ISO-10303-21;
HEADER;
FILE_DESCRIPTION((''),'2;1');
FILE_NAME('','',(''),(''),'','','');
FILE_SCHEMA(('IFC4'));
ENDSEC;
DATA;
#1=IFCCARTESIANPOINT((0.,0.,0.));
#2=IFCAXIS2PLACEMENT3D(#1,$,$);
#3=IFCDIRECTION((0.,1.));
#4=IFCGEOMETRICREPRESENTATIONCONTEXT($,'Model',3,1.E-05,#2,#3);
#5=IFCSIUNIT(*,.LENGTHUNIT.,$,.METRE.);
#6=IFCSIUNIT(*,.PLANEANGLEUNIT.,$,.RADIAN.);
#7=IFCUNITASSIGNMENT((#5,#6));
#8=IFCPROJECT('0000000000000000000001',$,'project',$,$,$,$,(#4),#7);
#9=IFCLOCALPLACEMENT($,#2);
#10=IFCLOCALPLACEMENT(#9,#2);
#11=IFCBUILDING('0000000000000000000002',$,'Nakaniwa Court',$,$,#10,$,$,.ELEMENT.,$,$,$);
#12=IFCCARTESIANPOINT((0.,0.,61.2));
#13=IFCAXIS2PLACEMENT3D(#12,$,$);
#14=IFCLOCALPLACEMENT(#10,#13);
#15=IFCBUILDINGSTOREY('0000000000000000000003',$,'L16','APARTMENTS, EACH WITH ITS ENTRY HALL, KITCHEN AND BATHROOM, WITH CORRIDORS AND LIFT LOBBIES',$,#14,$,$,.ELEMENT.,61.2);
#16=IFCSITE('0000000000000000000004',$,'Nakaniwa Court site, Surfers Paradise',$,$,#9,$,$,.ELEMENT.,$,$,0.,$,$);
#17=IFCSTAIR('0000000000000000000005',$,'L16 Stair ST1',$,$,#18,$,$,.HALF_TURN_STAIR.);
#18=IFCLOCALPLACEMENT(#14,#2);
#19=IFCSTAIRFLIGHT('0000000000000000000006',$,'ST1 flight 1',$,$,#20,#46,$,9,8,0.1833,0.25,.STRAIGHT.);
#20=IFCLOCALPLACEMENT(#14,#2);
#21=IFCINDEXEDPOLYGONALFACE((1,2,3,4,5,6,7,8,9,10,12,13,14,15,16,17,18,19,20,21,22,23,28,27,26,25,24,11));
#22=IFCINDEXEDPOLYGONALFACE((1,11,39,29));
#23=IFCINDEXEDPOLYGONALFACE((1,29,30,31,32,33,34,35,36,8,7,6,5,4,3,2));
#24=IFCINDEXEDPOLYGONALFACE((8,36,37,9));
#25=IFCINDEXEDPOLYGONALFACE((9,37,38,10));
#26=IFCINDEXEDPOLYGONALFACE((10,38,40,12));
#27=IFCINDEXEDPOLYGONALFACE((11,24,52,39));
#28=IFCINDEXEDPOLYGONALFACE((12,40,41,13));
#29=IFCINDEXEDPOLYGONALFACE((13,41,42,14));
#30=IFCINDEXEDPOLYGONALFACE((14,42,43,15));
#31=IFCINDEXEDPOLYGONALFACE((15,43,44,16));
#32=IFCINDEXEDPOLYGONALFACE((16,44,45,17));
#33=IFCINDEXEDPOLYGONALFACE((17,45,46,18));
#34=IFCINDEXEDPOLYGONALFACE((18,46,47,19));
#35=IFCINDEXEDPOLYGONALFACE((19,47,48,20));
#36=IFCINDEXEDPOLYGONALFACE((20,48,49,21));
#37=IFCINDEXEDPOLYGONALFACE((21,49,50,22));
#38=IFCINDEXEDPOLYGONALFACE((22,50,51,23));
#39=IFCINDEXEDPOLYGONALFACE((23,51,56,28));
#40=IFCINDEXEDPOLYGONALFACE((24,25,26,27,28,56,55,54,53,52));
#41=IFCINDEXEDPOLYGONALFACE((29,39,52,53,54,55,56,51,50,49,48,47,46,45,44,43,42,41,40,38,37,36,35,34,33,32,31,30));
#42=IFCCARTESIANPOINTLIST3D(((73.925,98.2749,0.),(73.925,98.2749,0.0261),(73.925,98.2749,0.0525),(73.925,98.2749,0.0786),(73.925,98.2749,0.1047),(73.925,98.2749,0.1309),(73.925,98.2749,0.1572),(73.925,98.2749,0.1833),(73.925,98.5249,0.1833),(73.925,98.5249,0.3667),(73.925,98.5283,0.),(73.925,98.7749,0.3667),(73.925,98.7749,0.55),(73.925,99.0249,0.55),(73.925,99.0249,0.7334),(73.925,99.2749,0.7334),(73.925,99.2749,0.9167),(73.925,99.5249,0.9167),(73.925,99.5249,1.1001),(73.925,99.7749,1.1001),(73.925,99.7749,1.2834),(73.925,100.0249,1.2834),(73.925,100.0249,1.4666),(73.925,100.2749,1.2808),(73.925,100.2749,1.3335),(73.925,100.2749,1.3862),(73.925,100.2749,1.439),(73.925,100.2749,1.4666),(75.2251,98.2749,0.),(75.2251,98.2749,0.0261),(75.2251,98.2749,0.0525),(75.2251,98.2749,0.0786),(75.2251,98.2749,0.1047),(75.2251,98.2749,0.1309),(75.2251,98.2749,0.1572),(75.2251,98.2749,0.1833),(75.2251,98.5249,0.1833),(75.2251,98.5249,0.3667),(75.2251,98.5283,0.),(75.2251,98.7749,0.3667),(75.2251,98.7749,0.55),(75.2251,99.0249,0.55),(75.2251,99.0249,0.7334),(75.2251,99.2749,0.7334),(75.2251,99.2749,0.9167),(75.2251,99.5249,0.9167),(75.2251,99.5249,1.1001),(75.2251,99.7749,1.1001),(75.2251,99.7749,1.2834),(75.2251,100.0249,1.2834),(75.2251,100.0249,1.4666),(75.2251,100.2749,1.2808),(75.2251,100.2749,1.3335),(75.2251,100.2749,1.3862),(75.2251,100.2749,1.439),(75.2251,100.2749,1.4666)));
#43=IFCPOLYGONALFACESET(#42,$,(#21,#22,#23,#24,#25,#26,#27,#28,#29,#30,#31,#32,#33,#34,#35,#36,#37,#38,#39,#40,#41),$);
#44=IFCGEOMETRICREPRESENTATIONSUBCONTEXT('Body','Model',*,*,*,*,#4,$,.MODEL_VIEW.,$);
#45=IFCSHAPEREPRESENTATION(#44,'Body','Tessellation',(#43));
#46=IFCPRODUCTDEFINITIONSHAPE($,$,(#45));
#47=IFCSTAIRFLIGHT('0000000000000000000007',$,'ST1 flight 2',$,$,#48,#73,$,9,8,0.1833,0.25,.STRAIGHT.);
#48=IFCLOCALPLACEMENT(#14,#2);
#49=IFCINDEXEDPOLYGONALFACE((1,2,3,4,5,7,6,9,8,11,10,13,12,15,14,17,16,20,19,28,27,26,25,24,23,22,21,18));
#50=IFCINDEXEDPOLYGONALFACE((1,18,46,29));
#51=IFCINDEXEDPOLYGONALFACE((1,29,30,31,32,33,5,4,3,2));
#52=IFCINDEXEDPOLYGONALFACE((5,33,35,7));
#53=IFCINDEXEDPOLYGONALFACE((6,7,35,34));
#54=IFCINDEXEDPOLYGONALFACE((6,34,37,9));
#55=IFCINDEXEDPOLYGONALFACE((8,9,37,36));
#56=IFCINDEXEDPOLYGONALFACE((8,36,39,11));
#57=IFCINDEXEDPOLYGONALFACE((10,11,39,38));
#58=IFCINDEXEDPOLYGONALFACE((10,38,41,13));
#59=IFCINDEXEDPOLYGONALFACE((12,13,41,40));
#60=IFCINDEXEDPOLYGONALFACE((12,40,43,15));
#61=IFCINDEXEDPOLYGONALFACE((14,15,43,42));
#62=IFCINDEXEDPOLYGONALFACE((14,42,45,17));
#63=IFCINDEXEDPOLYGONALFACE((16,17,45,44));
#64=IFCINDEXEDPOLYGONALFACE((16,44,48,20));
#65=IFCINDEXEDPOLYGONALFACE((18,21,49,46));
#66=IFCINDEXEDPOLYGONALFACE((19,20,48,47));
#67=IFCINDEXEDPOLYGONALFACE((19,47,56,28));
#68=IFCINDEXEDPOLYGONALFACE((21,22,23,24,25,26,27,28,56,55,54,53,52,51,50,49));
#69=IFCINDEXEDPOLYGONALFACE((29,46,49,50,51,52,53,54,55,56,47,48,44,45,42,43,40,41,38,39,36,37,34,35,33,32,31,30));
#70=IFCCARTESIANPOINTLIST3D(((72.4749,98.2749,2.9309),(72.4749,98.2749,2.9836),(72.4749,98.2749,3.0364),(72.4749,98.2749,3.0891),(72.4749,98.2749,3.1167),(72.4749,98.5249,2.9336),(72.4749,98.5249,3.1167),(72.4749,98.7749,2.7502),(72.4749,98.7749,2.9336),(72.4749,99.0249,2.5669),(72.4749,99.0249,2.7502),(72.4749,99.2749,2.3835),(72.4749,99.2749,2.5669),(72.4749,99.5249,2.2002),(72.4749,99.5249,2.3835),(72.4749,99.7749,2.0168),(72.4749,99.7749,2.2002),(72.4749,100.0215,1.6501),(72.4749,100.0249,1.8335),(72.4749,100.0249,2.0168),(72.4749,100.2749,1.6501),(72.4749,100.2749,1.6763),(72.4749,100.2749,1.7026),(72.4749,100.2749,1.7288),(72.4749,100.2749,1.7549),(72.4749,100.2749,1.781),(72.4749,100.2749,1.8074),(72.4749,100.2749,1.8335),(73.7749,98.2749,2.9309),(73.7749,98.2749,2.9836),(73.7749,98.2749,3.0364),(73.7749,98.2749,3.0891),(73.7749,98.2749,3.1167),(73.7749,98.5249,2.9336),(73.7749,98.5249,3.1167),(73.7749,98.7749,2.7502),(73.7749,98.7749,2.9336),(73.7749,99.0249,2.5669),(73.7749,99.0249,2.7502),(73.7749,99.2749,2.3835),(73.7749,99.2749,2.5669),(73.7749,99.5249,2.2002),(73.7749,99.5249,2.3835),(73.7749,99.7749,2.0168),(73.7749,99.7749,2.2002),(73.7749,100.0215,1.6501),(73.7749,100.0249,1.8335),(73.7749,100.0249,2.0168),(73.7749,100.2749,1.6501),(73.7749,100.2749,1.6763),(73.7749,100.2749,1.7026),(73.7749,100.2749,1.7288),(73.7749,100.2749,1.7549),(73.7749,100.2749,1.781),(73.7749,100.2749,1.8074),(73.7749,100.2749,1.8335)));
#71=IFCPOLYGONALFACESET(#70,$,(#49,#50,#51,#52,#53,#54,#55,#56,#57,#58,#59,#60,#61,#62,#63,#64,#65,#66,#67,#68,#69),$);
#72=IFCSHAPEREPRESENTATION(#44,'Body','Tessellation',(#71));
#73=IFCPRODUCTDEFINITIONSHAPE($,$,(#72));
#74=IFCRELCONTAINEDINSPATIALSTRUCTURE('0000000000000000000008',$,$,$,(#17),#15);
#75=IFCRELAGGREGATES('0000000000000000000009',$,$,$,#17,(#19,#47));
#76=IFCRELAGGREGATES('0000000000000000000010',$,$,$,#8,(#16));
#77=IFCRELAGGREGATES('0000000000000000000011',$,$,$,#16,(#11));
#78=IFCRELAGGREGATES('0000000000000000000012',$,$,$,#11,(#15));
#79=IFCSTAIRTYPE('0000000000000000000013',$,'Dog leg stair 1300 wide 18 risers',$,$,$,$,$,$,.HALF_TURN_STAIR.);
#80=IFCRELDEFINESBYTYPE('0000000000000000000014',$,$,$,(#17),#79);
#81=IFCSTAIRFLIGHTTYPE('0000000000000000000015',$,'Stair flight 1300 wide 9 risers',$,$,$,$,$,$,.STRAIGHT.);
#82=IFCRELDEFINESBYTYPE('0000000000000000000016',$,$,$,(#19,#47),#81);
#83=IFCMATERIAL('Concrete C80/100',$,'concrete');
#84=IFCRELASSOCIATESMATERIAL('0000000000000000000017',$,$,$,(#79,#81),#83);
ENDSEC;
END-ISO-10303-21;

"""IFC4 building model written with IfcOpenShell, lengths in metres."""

from ifc_helpers import new_model, si_unit, direction, frame, origin, place, context, subcontext, project, spatial, polyline, outline, extrude, material, type_object, element, aggregate, save


model = new_model("IFC4")

# Units and contexts
model_context = context("Model", 3, precision=1e-05, world=origin(), true_north=direction((0.0, 1.0)))
body_context = subcontext(model_context, "Body", "Model", "MODEL_VIEW")
ifc_project = project(units=[si_unit("LENGTHUNIT", "METRE"), si_unit("PLANEANGLEUNIT", "RADIAN")], contexts=[model_context])

# Site, building, storey
site_placement = place(None, origin())
site = spatial("IfcSite", under=ifc_project, at=site_placement, Name="Nakaniwa Court site, Surfers Paradise", CompositionType="ELEMENT", RefElevation=0.0)
building_placement = place(site_placement, origin())
building = spatial("IfcBuilding", under=site, at=building_placement, Name="Nakaniwa Court", CompositionType="ELEMENT")
storey_placement = place(building_placement, frame((0.0, 0.0, 61.2)))
storey = spatial("IfcBuildingStorey", under=building, at=storey_placement, Name="L16", Description="APARTMENTS, EACH WITH ITS ENTRY HALL, KITCHEN AND BATHROOM, WITH CORRIDORS AND LIFT LOBBIES", CompositionType="ELEMENT", Elevation=61.2)

# Shared definitions
ifc_material_1 = material(Name="Concrete C80/100", Category="concrete")

# Stair, stair flights
stair_type = type_object("IfcStairType", Name="Dog leg stair 1300 wide 18 risers", PredefinedType="HALF_TURN_STAIR", material=ifc_material_1)
stair_placement = place(storey_placement, origin())
stair = element("IfcStair", 1, at=stair_placement, inside=storey, type_object=stair_type, Name="L16 Stair ST1", PredefinedType="HALF_TURN_STAIR")
stair_flight_type = type_object("IfcStairFlightType", Name="Stair flight 1300 wide 9 risers", PredefinedType="STRAIGHT", material=ifc_material_1)
stair_flight_1_placement = place(storey_placement, frame((74.575, 98.2749, 0.0), z_axis=(0.0, 0.0, 1.0), x_axis=(0.0, 1.0, 0.0)))
stair_flight_1 = element("IfcStairFlight", 2, at=stair_flight_1_placement, type_object=stair_flight_type, Name="ST1 flight 1", NumberOfRisers=9, NumberOfTreads=8, PredefinedType="STRAIGHT", RiserHeight=0.1833, TreadLength=0.25, context=body_context, shape_type="SweptSolid", body=[
    extrude(outline(polyline([(0.0, 0.0), (0.0, 0.0261), (0.0, 0.0525), (0.0, 0.0786), (0.0, 0.1047), (0.0, 0.1309), (0.0, 0.1572), (0.0, 0.1833), (0.25, 0.1833), (0.25, 0.3667), (0.5, 0.3667), (0.5, 0.55), (0.75, 0.55), (0.75, 0.7334), (1.0, 0.7334), (1.0, 0.9167), (1.25, 0.9167), (1.25, 1.1001), (1.5, 1.1001), (1.5, 1.2834), (1.75, 1.2834), (1.75, 1.4666), (2.0, 1.4666), (2.0, 1.6499), (2.0, 1.5972), (2.0, 1.5444), (2.0, 1.4917), (2.0, 1.439), (2.0, 1.3862), (2.0, 1.3335), (2.0, 1.2808), (0.2534, 0.0), (0.0, 0.0)])), frame((0.0, 0.6499, 0.0), z_axis=(0.0, -1.0, 0.0), x_axis=(1.0, 0.0, 0.0)), (0.0, 0.0, 1.0), 1.3),
])
stair_flight_2_placement = place(storey_placement, frame((73.125, 100.2749, 1.6501), z_axis=(0.0, 0.0, 1.0), x_axis=(0.0, -1.0, 0.0)))
stair_flight_2 = element("IfcStairFlight", 3, at=stair_flight_2_placement, type_object=stair_flight_type, Name="ST1 flight 2", NumberOfRisers=9, NumberOfTreads=8, PredefinedType="STRAIGHT", RiserHeight=0.1833, TreadLength=0.25, context=body_context, shape_type="SweptSolid", body=[
    extrude(outline(polyline([(0.0, 0.0), (0.0, 0.0261), (0.0, 0.0525), (0.0, 0.0786), (0.0, 0.1047), (0.0, 0.1309), (0.0, 0.1572), (0.0, 0.1833), (0.25, 0.1833), (0.25, 0.3667), (0.5, 0.3667), (0.5, 0.55), (0.75, 0.55), (0.75, 0.7334), (1.0, 0.7334), (1.0, 0.9167), (1.25, 0.9167), (1.25, 1.1001), (1.5, 1.1001), (1.5, 1.2834), (1.75, 1.2834), (1.75, 1.4666), (2.0, 1.4666), (2.0, 1.6499), (2.0, 1.5972), (2.0, 1.5444), (2.0, 1.4917), (2.0, 1.439), (2.0, 1.3862), (2.0, 1.3335), (2.0, 1.2808), (0.2534, 0.0), (0.0, 0.0)])), frame((0.0, 0.6499, 0.0), z_axis=(0.0, -1.0, 0.0), x_axis=(1.0, 0.0, 0.0)), (0.0, 0.0, 1.0), 1.3),
])
aggregate(stair, [stair_flight_1, stair_flight_2])

save(model, "model.ifc")
